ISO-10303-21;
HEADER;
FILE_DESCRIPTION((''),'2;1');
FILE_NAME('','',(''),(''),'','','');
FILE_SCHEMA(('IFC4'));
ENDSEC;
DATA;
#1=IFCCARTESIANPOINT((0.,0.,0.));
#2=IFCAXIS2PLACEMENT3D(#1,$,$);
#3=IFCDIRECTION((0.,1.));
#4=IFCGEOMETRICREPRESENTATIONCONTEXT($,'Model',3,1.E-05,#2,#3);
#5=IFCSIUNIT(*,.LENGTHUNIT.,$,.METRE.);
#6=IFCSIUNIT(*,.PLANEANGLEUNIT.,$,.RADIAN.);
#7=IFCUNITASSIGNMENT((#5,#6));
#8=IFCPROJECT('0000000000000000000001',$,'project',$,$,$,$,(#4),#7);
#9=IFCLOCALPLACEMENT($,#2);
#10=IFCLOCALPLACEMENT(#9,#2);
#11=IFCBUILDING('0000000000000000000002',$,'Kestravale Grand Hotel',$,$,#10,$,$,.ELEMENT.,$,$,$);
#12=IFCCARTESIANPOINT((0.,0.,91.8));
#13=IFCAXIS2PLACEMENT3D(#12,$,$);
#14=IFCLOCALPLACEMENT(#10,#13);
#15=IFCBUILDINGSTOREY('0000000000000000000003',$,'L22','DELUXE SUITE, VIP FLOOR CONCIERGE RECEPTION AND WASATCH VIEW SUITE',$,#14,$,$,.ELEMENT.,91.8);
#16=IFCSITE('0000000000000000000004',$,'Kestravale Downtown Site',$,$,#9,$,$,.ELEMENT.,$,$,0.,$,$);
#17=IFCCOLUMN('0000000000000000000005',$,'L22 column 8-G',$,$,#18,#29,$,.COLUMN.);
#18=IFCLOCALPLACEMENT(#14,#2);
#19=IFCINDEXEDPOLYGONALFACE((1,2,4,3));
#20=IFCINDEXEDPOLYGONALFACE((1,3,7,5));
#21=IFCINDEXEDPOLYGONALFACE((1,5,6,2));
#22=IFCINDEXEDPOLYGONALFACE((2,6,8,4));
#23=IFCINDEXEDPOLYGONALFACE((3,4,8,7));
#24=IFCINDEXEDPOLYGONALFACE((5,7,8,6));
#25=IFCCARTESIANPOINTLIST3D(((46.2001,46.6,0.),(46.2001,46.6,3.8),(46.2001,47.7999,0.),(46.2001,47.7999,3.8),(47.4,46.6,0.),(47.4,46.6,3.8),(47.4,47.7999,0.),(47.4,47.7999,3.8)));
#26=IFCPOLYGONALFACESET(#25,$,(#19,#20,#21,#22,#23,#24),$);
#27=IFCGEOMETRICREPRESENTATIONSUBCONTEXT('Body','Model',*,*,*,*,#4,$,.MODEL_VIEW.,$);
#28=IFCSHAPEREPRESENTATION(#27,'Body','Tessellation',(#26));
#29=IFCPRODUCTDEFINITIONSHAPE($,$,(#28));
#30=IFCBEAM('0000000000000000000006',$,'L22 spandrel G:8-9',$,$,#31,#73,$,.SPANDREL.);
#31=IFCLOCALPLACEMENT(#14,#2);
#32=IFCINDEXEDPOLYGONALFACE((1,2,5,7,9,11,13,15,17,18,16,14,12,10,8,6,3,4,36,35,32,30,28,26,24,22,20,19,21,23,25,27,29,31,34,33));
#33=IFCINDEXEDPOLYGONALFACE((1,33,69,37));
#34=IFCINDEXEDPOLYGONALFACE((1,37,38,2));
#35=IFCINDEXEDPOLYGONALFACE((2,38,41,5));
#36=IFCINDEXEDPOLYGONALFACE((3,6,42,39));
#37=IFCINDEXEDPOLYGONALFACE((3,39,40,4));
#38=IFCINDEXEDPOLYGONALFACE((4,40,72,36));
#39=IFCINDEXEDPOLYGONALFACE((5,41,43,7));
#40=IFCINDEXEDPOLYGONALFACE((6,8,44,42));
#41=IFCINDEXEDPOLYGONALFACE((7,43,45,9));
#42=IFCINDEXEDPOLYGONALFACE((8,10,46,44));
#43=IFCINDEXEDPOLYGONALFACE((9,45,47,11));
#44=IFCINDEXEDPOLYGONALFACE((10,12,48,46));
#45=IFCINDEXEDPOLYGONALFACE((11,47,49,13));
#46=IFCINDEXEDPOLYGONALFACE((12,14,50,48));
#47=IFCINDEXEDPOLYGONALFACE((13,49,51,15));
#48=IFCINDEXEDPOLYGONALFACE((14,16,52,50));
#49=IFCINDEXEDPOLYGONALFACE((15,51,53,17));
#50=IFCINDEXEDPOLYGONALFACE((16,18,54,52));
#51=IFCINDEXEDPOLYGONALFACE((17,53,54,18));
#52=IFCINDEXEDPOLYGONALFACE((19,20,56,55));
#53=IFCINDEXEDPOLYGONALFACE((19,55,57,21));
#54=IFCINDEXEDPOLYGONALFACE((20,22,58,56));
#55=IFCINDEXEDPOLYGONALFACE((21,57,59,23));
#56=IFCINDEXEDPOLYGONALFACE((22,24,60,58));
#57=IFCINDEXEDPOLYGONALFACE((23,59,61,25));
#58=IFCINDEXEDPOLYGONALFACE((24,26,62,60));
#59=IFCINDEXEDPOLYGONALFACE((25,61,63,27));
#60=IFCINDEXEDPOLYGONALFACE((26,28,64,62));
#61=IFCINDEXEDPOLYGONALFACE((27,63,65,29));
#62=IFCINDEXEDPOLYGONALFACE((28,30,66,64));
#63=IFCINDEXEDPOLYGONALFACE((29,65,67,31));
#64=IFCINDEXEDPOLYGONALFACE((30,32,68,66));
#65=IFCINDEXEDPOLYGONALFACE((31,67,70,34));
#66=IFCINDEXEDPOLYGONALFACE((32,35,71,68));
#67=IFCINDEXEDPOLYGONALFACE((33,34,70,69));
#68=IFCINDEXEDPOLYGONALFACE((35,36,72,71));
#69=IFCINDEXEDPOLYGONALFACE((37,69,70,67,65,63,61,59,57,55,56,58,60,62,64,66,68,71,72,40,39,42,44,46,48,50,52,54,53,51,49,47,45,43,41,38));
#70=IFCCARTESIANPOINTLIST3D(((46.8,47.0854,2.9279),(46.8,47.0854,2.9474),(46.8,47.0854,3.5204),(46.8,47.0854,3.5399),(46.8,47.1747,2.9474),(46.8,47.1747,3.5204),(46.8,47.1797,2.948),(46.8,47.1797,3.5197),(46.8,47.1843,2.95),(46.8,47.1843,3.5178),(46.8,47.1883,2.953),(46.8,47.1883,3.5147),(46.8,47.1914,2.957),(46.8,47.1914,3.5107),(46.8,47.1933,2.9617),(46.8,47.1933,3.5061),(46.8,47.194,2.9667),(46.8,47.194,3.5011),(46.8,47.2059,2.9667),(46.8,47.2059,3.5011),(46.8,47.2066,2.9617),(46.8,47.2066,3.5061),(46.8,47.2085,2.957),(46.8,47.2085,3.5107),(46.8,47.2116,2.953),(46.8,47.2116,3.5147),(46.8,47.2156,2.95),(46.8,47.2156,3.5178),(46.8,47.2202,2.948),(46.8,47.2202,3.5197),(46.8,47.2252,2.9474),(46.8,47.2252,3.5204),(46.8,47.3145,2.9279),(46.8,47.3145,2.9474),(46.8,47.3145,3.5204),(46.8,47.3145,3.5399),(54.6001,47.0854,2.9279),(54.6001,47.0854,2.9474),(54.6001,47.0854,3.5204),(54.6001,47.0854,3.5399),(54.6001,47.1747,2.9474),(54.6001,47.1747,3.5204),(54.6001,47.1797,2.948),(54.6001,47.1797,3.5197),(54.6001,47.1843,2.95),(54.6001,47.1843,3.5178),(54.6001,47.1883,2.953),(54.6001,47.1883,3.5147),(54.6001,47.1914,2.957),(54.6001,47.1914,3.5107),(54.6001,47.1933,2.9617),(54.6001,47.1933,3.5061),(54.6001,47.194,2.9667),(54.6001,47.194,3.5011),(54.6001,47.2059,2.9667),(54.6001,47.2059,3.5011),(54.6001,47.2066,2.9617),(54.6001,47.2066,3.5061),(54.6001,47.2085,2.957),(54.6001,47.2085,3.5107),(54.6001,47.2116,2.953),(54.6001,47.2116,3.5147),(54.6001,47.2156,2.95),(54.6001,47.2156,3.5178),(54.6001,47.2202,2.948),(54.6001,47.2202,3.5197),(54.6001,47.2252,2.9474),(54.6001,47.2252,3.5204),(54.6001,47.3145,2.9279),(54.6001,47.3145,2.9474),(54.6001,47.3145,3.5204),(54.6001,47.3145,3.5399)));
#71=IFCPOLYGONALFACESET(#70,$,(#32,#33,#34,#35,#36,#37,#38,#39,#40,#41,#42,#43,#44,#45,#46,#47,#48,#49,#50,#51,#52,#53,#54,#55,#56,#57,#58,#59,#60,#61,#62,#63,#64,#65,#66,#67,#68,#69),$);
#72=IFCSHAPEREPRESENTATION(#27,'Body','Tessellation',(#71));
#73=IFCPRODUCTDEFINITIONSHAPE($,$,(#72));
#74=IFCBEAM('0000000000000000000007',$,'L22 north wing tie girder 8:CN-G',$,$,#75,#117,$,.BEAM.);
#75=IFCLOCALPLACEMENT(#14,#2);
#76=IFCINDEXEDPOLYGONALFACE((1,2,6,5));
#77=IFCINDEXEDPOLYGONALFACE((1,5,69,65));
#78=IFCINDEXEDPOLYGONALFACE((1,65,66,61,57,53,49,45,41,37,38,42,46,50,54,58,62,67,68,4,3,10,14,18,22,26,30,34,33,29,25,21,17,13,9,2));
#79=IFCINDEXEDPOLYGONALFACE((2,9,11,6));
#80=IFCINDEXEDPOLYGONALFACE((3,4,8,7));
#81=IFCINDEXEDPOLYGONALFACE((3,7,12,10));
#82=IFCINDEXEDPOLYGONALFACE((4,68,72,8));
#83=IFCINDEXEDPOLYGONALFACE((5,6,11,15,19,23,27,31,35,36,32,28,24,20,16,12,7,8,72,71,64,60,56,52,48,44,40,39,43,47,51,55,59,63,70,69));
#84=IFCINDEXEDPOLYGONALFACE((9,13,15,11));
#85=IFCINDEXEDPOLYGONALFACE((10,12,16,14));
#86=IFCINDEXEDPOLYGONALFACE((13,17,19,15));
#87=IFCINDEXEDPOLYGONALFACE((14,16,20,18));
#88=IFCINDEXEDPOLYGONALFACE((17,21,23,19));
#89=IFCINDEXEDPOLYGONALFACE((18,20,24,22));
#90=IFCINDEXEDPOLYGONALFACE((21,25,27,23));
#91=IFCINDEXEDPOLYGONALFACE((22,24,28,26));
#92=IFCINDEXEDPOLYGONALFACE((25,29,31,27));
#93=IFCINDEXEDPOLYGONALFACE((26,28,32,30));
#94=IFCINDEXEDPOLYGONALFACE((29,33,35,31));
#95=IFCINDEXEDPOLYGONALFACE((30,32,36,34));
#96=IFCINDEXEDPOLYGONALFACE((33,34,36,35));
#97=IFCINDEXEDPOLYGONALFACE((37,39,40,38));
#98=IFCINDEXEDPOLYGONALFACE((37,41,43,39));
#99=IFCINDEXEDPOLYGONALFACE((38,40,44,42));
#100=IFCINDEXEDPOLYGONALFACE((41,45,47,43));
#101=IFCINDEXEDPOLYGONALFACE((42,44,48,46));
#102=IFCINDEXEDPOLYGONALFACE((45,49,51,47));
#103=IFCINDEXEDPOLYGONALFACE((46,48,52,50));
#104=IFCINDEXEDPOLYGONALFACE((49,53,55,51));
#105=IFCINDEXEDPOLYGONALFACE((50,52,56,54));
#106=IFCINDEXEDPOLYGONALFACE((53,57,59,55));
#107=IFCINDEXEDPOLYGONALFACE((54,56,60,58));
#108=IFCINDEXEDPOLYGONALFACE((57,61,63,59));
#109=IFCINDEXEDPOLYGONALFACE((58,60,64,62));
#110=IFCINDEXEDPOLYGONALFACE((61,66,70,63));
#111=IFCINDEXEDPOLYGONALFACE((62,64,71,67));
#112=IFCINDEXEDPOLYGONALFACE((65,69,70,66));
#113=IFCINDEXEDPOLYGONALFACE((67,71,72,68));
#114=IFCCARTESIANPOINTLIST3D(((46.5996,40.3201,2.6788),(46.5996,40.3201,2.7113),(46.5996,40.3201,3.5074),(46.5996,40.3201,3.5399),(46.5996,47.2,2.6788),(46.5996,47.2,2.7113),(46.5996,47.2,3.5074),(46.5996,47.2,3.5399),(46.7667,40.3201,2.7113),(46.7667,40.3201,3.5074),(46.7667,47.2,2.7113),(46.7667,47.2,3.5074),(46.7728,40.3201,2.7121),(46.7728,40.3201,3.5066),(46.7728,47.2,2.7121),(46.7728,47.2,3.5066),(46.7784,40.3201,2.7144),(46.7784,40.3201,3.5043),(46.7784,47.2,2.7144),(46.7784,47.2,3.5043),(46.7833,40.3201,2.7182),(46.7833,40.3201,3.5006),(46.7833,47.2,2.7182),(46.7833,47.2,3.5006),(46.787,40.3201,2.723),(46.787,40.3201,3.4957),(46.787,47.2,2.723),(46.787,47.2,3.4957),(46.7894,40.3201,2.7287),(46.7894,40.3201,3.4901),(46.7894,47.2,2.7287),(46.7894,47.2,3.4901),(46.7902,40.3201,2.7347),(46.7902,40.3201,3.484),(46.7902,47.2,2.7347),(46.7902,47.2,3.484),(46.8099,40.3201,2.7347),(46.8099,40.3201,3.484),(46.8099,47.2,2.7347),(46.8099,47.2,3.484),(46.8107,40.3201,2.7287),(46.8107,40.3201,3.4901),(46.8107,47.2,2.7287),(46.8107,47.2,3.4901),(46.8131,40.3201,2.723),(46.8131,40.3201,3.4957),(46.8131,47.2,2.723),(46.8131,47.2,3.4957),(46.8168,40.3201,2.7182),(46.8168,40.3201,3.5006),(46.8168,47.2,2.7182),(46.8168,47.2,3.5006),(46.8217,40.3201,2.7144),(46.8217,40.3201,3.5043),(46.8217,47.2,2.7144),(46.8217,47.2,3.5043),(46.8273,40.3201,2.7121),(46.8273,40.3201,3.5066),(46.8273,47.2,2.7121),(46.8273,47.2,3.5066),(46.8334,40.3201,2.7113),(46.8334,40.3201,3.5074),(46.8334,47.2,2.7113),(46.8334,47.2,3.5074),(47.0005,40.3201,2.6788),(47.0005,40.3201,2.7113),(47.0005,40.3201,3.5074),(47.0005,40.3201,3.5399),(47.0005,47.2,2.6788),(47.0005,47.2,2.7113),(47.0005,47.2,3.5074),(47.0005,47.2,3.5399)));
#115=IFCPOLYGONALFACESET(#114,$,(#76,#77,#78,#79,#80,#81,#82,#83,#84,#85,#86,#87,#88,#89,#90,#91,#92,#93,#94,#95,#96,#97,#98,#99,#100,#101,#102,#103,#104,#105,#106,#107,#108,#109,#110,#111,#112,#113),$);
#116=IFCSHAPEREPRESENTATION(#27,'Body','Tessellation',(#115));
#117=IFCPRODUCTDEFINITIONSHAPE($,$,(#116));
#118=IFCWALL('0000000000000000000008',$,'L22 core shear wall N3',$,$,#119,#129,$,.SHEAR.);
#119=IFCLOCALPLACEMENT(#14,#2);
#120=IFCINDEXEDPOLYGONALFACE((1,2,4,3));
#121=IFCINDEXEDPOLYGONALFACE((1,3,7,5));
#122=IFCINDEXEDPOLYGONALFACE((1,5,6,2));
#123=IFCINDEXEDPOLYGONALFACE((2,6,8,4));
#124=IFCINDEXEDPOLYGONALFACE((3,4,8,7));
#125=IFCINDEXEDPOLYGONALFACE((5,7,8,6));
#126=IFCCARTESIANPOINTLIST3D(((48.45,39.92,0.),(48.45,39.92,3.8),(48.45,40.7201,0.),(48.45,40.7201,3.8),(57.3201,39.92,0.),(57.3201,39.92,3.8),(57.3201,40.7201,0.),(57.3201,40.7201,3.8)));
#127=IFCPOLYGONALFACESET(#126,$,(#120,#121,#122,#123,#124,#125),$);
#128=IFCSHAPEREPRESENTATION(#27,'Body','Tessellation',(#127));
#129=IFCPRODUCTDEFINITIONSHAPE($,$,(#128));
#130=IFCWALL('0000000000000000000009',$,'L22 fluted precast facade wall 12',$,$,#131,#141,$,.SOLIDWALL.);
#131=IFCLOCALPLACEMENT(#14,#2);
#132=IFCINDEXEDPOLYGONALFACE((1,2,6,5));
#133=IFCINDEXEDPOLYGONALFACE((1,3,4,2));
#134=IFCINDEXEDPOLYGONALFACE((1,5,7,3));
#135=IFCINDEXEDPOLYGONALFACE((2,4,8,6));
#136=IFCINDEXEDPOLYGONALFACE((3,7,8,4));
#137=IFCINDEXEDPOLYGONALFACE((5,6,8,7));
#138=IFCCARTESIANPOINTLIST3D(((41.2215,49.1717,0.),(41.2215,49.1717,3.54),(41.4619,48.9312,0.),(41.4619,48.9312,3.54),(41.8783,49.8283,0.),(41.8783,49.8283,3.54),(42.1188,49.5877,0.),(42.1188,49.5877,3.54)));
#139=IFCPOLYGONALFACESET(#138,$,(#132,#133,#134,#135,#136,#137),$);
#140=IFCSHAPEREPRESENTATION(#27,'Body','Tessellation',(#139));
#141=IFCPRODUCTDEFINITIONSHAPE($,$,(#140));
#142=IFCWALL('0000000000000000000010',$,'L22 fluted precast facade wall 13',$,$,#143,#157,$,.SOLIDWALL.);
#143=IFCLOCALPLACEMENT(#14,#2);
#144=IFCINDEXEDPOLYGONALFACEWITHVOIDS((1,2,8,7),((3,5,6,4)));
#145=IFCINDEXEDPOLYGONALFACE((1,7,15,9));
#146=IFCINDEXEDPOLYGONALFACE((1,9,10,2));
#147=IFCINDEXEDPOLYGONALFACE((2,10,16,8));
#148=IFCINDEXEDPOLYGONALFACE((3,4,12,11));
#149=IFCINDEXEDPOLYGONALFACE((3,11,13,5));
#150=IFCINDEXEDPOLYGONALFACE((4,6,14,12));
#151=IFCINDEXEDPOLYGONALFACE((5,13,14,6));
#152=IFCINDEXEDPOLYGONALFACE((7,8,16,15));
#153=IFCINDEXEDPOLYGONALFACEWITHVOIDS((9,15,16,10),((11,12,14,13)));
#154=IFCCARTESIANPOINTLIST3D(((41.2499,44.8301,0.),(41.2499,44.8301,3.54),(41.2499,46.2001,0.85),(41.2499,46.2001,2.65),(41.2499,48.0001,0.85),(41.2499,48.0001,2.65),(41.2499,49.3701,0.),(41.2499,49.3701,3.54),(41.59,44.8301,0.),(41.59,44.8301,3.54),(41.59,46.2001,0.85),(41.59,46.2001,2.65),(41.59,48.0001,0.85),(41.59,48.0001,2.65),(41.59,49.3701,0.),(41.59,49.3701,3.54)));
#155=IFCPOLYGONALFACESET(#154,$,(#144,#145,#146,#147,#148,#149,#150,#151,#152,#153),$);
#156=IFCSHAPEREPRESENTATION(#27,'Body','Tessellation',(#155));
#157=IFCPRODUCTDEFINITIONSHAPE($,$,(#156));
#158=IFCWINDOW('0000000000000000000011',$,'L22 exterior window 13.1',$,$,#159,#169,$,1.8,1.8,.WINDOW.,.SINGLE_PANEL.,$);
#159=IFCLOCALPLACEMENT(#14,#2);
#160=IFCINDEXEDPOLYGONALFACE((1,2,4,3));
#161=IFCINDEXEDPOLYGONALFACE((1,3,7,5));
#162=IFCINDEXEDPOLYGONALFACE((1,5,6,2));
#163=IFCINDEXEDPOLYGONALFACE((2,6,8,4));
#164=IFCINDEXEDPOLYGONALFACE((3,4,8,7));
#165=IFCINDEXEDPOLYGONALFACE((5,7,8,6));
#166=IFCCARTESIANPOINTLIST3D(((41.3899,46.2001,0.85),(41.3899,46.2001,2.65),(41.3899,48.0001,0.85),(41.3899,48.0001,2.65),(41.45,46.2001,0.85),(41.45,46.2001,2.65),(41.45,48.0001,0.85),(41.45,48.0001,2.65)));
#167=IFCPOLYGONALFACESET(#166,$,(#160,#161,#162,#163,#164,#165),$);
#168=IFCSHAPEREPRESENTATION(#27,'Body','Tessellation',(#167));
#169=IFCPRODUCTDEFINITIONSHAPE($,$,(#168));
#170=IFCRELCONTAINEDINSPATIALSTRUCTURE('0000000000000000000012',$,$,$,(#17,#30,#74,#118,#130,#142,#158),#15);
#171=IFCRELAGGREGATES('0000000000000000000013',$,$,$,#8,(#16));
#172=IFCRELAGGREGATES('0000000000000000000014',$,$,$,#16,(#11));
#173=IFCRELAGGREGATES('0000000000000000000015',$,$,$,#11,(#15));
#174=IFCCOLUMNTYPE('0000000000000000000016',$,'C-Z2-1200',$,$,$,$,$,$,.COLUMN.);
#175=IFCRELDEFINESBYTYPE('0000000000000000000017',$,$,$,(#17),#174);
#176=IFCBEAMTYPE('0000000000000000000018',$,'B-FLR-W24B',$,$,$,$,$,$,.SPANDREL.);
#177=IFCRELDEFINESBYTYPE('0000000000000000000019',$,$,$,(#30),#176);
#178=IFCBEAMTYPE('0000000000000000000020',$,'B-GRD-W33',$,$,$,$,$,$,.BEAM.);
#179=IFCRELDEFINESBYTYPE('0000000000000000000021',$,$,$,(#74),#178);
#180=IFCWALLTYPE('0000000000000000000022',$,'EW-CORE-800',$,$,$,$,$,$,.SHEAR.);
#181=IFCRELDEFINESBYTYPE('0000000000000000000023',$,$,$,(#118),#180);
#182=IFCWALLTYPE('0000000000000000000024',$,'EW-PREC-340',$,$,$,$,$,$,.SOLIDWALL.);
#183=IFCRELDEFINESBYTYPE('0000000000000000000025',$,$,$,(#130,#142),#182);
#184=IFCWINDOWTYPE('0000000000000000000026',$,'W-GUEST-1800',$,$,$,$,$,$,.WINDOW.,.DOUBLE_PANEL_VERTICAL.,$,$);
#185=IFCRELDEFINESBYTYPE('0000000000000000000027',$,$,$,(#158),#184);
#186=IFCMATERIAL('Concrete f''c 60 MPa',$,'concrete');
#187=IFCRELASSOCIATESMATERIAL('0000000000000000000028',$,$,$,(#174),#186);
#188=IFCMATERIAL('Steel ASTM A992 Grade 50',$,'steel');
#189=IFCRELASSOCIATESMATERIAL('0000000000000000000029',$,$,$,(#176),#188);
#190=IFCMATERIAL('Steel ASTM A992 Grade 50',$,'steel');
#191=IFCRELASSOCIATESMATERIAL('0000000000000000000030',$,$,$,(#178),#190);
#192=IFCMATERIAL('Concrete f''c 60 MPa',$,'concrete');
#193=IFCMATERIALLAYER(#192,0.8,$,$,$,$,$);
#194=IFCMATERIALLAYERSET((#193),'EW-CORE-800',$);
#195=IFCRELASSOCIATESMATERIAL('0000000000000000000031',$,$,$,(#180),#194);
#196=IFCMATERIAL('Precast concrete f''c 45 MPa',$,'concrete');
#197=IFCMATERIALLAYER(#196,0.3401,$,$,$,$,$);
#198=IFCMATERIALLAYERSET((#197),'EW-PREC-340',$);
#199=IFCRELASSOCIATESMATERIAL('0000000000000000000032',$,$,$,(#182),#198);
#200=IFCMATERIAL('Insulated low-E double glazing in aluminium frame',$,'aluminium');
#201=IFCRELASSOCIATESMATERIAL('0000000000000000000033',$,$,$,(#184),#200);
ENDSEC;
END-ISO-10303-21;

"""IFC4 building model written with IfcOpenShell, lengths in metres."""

from ifc_helpers import new_model, si_unit, direction, frame, frame_2d, origin, origin_2d, place, context, subcontext, project, spatial, rectangle, i_section, extrude, material, layer, layer_set, material_profile, profile_set, type_object, element, fill, save


model = new_model("IFC4")

# Units and contexts
model_context = context("Model", 3, precision=1e-05, world=origin(), true_north=direction((0.0, 1.0)))
body_context = subcontext(model_context, "Body", "Model", "MODEL_VIEW")
ifc_project = project(units=[si_unit("LENGTHUNIT", "METRE"), si_unit("PLANEANGLEUNIT", "RADIAN")], contexts=[model_context])

# Site, building, storey
site_placement = place(None, origin())
site = spatial("IfcSite", under=ifc_project, at=site_placement, Name="Kestravale Downtown Site", CompositionType="ELEMENT", RefElevation=0.0)
building_placement = place(site_placement, origin())
building = spatial("IfcBuilding", under=site, at=building_placement, Name="Kestravale Grand Hotel", CompositionType="ELEMENT")
storey_placement = place(building_placement, frame((0.0, 0.0, 91.8)))
storey = spatial("IfcBuildingStorey", under=building, at=storey_placement, Name="L22", Description="DELUXE SUITE, VIP FLOOR CONCIERGE RECEPTION AND WASATCH VIEW SUITE", CompositionType="ELEMENT", Elevation=91.8)

# Column
ifc_material_1 = material(Name="Concrete f'c 60 MPa", Category="concrete")
ifc_material_profile_1 = material_profile(ifc_material_1, rectangle(XDim=1.2, YDim=1.2, at=origin_2d()))
ifc_profile_set_1 = profile_set([ifc_material_profile_1], Name="Concrete f'c 60 MPa")
column_type = type_object("IfcColumnType", Name="C-Z2-1200", PredefinedType="COLUMN", material=ifc_profile_set_1)
column_placement = place(storey_placement, frame((46.8, 47.2, 0.0), z_axis=(0.0, 0.0, 1.0), x_axis=(1.0, 0.0, 0.0)))
element("IfcColumn", 1, at=column_placement, inside=storey, type_object=column_type, Name="L22 column 8-G", PredefinedType="COLUMN", context=body_context, shape_type="SweptSolid", body=[
    extrude(rectangle(XDim=1.2, YDim=1.2, at=origin_2d()), origin(), (0.0, 0.0, 1.0), 3.8),
])

# Beams
ifc_material_2 = material(Name="Steel ASTM A992 Grade 50", Category="steel")
ifc_material_profile_2 = material_profile(ifc_material_2, i_section(OverallWidth=0.229, OverallDepth=0.6121, WebThickness=0.012, FlangeThickness=0.0195, FilletRadius=0.0193, at=origin_2d()))
ifc_profile_set_2 = profile_set([ifc_material_profile_2], Name="Steel ASTM A992 Grade 50")
beam_type_1 = type_object("IfcBeamType", Name="B-FLR-W24B", PredefinedType="SPANDREL", material=ifc_profile_set_2)
beam_1_placement = place(storey_placement, frame((46.8, 47.2, 3.2339), z_axis=(1.0, 0.0, 0.0), x_axis=(0.0, 1.0, 0.0)))
element("IfcBeam", 2, at=beam_1_placement, inside=storey, type_object=beam_type_1, Name="L22 spandrel G:8-9", PredefinedType="SPANDREL", context=body_context, shape_type="SweptSolid", body=[
    extrude(i_section(OverallWidth=0.229, OverallDepth=0.6121, WebThickness=0.012, FlangeThickness=0.0195, FilletRadius=0.0193, at=origin_2d()), origin(), (0.0, 0.0, 1.0), 7.8),
])
ifc_material_3 = material(Name="Steel ASTM A992 Grade 50", Category="steel")
ifc_material_profile_3 = material_profile(ifc_material_3, i_section(OverallWidth=0.4009, OverallDepth=0.8611, WebThickness=0.0198, FlangeThickness=0.0325, FilletRadius=0.0234, at=origin_2d()))
ifc_profile_set_3 = profile_set([ifc_material_profile_3], Name="Steel ASTM A992 Grade 50")
beam_type_2 = type_object("IfcBeamType", Name="B-GRD-W33", PredefinedType="BEAM", material=ifc_profile_set_3)
beam_2_placement = place(storey_placement, frame((46.8, 40.3201, 3.1094), z_axis=(0.0, 1.0, 0.0), x_axis=(-1.0, 0.0, 0.0)))
element("IfcBeam", 3, at=beam_2_placement, inside=storey, type_object=beam_type_2, Name="L22 north wing tie girder 8:CN-G", PredefinedType="BEAM", context=body_context, shape_type="SweptSolid", body=[
    extrude(i_section(OverallWidth=0.4009, OverallDepth=0.8611, WebThickness=0.0198, FlangeThickness=0.0325, FilletRadius=0.0234, at=origin_2d()), origin(), (0.0, 0.0, 1.0), 6.8799),
])

# Walls
ifc_material_4 = material(Name="Concrete f'c 60 MPa", Category="concrete")
ifc_layer_1 = layer(ifc_material_4, 0.8)
ifc_layer_set_1 = layer_set([ifc_layer_1], Name="EW-CORE-800")
wall_type_1 = type_object("IfcWallType", Name="EW-CORE-800", PredefinedType="SHEAR", material=ifc_layer_set_1)
wall_1_placement = place(storey_placement, frame((48.45, 40.3201, 0.0), z_axis=(0.0, 0.0, 1.0), x_axis=(1.0, 0.0, 0.0)))
element("IfcWall", 4, at=wall_1_placement, inside=storey, type_object=wall_type_1, Name="L22 core shear wall N3", PredefinedType="SHEAR", context=body_context, shape_type="SweptSolid", body=[
    extrude(rectangle(XDim=8.8701, YDim=0.8, at=frame_2d((4.4351, 0.0))), origin(), (0.0, 0.0, 1.0), 3.8),
])
ifc_material_5 = material(Name="Precast concrete f'c 45 MPa", Category="concrete")
ifc_layer_2 = layer(ifc_material_5, 0.3401)
ifc_layer_set_2 = layer_set([ifc_layer_2], Name="EW-PREC-340")
wall_type_2 = type_object("IfcWallType", Name="EW-PREC-340", PredefinedType="SOLIDWALL", material=ifc_layer_set_2)
wall_2_placement = place(storey_placement, frame((41.9985, 49.708, 0.0), z_axis=(0.0, 0.0, 1.0), x_axis=(-0.707238, -0.706975, 0.0)))
element("IfcWall", 5, at=wall_2_placement, inside=storey, type_object=wall_type_2, Name="L22 fluted precast facade wall 12", PredefinedType="SOLIDWALL", context=body_context, shape_type="SweptSolid", body=[
    extrude(rectangle(XDim=0.9287, YDim=0.3401, at=frame_2d((0.4644, 0.0))), origin(), (0.0, 0.0, 1.0), 3.54),
])

# Wall, opening, window
wall_3_placement = place(storey_placement, frame((41.4199, 49.3701, 0.0), z_axis=(0.0, 0.0, 1.0), x_axis=(0.0, -1.0, 0.0)))
wall_3 = element("IfcWall", 6, at=wall_3_placement, inside=storey, type_object=wall_type_2, Name="L22 fluted precast facade wall 13", PredefinedType="SOLIDWALL", context=body_context, shape_type="SweptSolid", body=[
    extrude(rectangle(XDim=4.54, YDim=0.3401, at=frame_2d((2.27, 0.0))), origin(), (0.0, 0.0, 1.0), 3.54),
])
opening_1_placement = place(wall_3_placement, frame((1.3701, 0.0, 0.8501)))
opening_1 = element("IfcOpeningElement", 7, at=opening_1_placement, cuts=wall_3, PredefinedType="OPENING", context=body_context, shape_type="SweptSolid", body=[
    extrude(rectangle(XDim=1.8, YDim=1.8, at=frame_2d((0.8999, 0.8999))), frame((0.0, 0.1799, 0.0), z_axis=(0.0, -1.0, 0.0), x_axis=(1.0, 0.0, 0.0)), (0.0, 0.0, 1.0), 0.3601),
])
ifc_material_6 = material(Name="Insulated low-E double glazing in aluminium frame", Category="aluminium")
window_type = type_object("IfcWindowType", Name="W-GUEST-1800", PartitioningType="DOUBLE_PANEL_VERTICAL", PredefinedType="WINDOW", material=ifc_material_6)
window_1_placement = place(opening_1_placement, origin())
window_1 = element("IfcWindow", 8, at=window_1_placement, inside=storey, type_object=window_type, Name="L22 exterior window 13.1", OverallHeight=1.8, OverallWidth=1.8, PartitioningType="SINGLE_PANEL", PredefinedType="WINDOW", context=body_context, shape_type="SweptSolid", body=[
    extrude(rectangle(XDim=1.8, YDim=1.8, at=frame_2d((0.8999, 0.8999))), frame((0.0, 0.03, 0.0), z_axis=(0.0, -1.0, 0.0), x_axis=(1.0, 0.0, 0.0)), (0.0, 0.0, 1.0), 0.0601),
])
fill(opening_1, window_1)

save(model, "model.ifc")
